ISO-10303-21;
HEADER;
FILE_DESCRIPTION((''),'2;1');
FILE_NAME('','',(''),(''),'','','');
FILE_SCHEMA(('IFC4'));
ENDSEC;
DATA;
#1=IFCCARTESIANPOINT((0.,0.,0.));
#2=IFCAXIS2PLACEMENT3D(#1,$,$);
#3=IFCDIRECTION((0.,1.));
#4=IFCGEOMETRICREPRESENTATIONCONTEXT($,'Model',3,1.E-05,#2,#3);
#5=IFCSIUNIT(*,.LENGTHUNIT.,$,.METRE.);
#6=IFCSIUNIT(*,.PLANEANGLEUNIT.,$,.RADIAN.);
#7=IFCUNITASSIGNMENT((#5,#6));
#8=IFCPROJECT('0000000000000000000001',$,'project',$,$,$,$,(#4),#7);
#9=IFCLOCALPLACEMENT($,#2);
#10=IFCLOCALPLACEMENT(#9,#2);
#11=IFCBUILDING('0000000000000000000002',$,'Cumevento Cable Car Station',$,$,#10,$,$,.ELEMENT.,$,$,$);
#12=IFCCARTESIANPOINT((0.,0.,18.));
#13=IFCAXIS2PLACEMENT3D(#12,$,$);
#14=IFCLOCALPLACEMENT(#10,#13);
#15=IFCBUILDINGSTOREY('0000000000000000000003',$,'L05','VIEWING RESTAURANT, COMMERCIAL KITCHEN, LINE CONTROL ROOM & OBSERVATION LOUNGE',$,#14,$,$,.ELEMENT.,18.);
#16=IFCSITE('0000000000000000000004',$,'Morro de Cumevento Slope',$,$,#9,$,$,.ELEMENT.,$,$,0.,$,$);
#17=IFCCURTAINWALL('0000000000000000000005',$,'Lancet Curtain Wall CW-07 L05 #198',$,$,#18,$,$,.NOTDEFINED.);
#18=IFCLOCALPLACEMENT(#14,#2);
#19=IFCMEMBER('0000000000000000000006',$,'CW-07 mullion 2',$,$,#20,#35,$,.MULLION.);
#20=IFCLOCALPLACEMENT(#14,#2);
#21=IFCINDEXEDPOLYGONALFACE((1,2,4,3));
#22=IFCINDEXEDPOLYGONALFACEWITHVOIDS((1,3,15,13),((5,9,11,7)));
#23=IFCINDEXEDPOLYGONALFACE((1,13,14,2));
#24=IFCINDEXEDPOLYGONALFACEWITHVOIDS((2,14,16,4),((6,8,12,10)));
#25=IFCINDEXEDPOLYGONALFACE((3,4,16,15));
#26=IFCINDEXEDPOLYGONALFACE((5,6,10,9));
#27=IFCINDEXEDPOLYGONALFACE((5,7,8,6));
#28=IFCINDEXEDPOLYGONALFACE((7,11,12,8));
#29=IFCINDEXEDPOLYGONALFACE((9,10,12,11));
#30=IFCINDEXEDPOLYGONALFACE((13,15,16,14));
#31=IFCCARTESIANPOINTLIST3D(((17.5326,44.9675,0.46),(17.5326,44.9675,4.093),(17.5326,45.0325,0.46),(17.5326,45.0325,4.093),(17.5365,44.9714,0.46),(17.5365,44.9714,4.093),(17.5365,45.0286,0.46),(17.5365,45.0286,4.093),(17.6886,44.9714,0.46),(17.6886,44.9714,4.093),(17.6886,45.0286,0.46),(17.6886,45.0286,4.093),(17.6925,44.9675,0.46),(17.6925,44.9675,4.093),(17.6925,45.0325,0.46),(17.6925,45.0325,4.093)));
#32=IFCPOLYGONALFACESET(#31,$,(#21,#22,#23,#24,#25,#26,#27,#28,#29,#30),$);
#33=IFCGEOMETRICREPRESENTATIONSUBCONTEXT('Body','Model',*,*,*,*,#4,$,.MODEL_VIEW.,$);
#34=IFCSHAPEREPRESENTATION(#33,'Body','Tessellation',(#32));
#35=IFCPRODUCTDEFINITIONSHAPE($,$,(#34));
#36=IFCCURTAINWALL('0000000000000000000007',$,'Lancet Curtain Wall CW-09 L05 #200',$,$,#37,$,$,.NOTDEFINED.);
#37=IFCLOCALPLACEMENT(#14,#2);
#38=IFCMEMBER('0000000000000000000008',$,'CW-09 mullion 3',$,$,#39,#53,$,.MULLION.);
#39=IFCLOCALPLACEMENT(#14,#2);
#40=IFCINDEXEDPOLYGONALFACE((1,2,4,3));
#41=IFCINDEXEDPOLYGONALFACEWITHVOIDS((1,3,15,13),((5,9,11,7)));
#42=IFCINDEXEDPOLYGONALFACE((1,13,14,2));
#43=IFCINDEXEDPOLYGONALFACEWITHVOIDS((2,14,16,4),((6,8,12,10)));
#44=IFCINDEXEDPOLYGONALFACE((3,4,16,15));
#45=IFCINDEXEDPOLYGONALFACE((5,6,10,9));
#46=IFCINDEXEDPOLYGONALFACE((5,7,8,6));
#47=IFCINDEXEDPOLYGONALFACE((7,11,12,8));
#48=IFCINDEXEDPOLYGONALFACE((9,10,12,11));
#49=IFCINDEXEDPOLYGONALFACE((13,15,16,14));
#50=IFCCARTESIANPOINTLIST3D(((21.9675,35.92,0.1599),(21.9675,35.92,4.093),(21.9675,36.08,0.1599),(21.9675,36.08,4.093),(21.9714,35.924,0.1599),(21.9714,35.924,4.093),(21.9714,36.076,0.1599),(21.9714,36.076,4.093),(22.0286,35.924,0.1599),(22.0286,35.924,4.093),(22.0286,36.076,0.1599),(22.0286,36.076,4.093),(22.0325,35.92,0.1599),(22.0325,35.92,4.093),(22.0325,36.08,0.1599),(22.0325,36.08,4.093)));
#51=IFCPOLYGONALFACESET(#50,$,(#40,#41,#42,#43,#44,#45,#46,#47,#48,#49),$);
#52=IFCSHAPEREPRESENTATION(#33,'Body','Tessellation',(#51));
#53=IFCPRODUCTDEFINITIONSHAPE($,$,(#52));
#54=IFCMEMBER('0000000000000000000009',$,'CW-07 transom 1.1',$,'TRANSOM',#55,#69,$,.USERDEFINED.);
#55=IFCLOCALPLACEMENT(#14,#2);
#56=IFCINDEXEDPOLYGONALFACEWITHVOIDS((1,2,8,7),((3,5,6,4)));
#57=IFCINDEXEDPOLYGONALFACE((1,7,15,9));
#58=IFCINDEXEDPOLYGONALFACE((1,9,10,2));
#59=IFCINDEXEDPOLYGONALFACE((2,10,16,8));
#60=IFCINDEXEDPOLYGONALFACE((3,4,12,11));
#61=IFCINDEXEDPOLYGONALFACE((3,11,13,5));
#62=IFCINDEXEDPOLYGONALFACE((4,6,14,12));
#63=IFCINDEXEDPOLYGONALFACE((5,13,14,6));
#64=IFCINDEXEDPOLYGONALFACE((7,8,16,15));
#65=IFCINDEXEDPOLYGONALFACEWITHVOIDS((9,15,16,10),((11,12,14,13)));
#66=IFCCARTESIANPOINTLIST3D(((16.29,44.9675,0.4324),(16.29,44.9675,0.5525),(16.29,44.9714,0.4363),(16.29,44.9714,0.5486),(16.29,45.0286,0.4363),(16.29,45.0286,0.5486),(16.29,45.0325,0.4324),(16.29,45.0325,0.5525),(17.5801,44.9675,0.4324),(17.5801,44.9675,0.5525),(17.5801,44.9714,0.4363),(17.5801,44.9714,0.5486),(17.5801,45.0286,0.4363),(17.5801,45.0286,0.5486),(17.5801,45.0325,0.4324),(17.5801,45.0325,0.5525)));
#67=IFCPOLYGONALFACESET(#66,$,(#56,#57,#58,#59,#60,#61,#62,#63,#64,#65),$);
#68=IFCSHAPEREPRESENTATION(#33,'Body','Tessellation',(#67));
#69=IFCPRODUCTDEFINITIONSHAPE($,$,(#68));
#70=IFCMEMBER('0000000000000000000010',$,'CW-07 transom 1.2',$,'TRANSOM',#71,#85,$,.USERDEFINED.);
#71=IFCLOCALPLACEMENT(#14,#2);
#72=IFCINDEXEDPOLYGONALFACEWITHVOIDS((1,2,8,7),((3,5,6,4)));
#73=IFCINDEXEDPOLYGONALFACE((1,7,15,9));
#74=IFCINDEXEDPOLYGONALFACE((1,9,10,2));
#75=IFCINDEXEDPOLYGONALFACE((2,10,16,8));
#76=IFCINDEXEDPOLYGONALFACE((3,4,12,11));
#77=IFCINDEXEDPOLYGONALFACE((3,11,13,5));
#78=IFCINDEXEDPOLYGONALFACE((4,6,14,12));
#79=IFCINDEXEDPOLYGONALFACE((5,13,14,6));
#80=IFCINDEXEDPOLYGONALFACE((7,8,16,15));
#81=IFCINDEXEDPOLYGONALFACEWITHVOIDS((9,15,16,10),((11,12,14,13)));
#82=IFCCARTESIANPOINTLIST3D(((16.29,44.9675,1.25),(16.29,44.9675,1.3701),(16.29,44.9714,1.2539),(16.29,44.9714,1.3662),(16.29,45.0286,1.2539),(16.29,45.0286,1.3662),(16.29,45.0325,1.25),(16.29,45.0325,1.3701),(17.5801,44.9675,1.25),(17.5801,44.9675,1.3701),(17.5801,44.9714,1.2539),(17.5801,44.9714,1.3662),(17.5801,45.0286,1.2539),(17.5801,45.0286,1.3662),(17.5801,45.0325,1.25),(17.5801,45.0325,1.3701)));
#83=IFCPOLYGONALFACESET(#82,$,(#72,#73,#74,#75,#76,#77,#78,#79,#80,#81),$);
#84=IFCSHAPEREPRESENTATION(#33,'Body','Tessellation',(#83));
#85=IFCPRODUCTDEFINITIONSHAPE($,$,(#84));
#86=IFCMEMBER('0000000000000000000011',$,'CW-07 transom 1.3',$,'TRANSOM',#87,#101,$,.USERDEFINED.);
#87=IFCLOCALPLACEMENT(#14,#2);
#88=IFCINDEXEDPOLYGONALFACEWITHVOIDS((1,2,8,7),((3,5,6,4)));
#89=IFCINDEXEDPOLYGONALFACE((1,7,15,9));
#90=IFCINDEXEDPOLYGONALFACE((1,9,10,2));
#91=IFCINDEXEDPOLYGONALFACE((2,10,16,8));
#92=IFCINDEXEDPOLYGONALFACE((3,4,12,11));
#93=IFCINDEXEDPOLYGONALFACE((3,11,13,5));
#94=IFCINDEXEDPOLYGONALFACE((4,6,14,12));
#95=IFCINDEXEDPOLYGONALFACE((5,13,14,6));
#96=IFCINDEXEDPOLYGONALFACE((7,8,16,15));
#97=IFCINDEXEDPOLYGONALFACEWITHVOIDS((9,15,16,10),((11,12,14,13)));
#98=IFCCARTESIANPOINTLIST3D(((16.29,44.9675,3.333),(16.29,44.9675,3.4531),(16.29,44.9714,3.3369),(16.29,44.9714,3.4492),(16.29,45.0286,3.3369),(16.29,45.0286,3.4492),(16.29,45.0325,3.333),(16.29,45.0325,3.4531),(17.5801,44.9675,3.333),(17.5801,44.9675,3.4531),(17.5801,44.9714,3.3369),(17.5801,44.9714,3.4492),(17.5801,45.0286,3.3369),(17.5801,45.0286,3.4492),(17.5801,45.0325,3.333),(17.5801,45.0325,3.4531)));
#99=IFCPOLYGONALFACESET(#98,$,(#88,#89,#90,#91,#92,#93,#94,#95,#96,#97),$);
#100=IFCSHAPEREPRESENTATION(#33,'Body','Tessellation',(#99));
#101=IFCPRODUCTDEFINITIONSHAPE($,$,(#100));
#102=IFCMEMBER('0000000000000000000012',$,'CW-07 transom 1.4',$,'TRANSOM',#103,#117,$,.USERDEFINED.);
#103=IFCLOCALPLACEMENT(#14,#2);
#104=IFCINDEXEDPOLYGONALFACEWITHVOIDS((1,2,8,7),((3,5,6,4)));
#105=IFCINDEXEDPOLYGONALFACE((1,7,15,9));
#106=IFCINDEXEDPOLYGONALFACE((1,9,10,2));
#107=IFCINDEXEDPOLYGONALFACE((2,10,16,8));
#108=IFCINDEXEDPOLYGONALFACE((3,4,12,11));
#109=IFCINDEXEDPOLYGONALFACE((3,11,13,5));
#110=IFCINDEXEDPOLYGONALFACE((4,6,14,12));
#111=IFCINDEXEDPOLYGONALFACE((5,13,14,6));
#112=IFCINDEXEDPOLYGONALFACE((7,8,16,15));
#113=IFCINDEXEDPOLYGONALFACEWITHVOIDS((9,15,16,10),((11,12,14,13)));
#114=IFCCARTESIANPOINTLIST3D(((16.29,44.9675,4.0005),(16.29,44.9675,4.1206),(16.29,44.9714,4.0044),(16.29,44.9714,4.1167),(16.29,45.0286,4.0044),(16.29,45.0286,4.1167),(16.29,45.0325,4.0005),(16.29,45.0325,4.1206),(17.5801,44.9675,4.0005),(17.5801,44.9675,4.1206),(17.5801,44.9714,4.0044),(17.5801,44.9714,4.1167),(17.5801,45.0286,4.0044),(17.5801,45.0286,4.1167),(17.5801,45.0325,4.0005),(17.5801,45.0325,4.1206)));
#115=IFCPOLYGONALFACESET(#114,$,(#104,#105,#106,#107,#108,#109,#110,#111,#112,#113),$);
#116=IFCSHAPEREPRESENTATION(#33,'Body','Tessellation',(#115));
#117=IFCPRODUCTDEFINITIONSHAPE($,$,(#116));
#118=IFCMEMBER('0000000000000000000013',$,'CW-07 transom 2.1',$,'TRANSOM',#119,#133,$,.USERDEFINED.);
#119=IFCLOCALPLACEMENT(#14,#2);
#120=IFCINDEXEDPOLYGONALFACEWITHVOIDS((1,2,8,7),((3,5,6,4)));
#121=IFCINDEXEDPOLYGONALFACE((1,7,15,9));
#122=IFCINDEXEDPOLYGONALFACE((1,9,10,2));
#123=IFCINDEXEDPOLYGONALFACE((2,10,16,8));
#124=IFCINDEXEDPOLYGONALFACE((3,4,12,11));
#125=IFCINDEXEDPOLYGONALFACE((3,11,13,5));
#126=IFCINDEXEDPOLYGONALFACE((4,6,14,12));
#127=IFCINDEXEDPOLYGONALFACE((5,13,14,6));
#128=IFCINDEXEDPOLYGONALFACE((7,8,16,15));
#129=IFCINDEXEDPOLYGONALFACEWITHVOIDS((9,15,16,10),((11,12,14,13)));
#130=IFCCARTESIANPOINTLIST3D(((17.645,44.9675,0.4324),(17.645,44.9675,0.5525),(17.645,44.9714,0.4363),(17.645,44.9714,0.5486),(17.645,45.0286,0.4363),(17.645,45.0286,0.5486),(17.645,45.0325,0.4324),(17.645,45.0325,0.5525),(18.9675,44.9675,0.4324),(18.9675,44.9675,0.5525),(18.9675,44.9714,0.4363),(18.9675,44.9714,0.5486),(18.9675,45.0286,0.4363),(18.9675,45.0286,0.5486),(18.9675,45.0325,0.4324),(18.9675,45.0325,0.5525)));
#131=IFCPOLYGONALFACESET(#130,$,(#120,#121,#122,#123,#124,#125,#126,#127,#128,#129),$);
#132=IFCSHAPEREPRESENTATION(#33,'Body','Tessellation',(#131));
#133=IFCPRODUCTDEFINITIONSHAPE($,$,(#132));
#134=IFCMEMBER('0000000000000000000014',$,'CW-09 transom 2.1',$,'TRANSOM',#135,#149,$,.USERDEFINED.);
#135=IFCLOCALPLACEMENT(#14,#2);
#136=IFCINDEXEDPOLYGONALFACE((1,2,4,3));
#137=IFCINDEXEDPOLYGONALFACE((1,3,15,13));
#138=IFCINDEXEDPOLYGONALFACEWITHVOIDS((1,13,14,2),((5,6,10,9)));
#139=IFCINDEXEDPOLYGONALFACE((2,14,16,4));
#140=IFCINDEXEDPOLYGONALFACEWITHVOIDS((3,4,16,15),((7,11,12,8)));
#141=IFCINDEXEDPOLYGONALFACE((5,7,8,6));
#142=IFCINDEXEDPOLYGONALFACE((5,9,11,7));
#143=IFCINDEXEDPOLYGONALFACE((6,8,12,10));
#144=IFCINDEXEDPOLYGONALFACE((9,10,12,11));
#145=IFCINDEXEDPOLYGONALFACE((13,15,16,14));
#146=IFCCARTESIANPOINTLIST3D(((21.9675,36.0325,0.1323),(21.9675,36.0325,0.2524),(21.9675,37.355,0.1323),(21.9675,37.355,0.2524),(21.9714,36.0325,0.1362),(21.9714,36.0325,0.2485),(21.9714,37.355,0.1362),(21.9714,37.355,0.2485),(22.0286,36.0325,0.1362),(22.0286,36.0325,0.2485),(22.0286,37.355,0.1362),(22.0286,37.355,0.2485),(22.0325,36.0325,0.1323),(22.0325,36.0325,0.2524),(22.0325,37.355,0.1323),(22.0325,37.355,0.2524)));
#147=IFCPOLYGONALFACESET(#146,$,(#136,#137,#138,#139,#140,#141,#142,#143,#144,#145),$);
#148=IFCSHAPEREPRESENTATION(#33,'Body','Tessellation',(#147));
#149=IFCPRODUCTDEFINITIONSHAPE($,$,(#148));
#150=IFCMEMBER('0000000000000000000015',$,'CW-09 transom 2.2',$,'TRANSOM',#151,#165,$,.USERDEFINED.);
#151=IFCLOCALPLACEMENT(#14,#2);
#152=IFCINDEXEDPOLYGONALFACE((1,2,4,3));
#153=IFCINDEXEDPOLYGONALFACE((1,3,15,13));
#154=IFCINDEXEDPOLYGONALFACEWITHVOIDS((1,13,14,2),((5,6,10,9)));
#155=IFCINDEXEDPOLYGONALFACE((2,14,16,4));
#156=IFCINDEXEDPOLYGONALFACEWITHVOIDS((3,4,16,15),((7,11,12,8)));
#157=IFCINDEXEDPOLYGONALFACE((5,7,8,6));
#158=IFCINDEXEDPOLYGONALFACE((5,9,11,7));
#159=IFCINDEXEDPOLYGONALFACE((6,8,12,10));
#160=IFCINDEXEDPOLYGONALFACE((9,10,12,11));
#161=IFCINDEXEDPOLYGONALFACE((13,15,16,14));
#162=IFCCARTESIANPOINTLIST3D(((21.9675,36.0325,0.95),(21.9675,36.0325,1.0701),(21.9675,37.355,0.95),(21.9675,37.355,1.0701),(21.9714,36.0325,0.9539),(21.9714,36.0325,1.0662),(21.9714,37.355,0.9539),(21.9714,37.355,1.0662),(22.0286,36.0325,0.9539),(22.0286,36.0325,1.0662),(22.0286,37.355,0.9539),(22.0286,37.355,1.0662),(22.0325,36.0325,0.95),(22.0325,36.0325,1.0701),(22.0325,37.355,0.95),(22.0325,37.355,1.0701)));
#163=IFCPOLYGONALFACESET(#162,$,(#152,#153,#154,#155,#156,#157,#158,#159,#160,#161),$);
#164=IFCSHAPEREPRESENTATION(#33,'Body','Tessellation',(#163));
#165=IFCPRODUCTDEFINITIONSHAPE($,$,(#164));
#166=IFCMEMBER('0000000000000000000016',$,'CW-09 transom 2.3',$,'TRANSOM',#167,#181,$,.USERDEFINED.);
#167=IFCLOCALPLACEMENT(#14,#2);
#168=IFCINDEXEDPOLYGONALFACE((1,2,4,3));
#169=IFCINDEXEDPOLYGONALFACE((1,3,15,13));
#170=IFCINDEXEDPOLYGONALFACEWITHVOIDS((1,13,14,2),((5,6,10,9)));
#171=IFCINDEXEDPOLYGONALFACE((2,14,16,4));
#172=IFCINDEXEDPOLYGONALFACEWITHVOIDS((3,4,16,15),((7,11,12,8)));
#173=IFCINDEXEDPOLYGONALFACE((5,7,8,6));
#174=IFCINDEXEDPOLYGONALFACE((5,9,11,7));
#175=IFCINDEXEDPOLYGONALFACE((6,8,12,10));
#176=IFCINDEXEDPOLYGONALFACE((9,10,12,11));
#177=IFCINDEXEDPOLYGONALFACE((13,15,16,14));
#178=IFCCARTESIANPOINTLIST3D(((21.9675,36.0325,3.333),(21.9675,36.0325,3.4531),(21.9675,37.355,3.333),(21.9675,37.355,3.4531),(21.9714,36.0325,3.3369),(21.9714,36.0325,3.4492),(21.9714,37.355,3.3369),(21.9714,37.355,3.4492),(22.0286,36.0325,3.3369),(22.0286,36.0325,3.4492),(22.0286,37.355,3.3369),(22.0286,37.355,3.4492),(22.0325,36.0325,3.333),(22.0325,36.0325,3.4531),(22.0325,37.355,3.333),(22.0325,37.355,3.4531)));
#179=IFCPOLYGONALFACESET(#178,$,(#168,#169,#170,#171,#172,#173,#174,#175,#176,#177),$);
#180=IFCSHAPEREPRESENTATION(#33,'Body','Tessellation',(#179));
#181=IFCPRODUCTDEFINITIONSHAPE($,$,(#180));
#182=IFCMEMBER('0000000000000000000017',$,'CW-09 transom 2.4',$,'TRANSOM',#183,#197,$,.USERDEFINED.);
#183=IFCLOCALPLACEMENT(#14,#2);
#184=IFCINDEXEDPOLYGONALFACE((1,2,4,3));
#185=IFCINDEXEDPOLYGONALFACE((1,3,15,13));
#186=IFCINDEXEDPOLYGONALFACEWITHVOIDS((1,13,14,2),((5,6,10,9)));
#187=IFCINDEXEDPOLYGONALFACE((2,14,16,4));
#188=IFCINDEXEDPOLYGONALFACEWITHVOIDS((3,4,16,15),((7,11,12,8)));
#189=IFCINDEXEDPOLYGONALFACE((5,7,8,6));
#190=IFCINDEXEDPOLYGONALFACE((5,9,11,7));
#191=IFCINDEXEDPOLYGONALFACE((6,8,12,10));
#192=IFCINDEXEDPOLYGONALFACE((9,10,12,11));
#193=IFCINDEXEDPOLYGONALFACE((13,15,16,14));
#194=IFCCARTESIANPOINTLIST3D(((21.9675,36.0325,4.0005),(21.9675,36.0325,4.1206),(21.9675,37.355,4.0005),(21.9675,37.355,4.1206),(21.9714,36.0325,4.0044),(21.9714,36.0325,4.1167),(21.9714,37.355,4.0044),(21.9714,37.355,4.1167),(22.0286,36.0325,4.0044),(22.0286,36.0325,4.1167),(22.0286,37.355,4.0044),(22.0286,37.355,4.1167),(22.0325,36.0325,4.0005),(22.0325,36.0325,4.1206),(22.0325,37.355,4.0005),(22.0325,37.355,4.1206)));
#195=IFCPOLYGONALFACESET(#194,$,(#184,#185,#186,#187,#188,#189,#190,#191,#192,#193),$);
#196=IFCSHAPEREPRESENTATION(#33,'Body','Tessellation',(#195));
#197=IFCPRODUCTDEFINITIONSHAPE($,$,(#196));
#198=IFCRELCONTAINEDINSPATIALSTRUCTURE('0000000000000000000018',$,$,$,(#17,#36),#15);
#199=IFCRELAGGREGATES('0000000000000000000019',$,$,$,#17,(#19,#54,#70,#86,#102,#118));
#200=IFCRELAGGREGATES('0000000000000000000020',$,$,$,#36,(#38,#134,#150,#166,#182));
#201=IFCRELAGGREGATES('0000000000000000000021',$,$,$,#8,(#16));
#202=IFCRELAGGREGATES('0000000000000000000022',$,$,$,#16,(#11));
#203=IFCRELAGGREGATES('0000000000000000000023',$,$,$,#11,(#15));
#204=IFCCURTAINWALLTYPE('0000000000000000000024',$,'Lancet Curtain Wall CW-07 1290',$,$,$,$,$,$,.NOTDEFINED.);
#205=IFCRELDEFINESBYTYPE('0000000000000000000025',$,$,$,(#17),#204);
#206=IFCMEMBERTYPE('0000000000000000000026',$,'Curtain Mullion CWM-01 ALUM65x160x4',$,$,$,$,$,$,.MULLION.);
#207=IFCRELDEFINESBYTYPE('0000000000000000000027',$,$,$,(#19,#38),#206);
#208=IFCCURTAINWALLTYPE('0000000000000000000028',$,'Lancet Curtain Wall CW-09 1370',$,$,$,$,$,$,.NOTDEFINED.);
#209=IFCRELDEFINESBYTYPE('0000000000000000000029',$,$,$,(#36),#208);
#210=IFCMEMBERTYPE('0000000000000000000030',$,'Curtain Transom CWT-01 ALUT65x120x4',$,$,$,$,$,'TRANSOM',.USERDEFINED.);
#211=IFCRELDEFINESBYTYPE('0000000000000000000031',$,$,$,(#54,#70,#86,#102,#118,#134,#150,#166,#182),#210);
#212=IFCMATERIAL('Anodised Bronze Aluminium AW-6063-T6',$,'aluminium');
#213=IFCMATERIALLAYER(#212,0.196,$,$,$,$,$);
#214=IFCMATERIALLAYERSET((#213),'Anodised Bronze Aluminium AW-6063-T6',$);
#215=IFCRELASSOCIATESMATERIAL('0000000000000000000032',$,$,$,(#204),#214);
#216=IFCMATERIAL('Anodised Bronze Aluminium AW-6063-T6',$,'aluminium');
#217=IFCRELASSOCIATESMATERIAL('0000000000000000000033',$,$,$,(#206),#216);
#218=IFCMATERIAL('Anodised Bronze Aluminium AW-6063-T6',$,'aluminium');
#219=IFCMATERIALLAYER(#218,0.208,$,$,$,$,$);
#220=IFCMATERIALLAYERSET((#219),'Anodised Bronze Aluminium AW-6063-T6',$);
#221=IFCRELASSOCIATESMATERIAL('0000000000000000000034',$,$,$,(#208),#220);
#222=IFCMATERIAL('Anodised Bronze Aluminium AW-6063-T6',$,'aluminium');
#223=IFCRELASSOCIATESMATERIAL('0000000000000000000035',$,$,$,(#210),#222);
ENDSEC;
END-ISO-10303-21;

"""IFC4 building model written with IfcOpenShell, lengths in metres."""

from ifc_helpers import new_model, si_unit, direction, frame, origin, origin_2d, place, context, subcontext, project, spatial, hollow_rectangle, extrude, material, layer, layer_set, material_profile, profile_set, type_object, element, aggregate, save


model = new_model("IFC4")

# Units and contexts
model_context = context("Model", 3, precision=1e-05, world=origin(), true_north=direction((0.0, 1.0)))
body_context = subcontext(model_context, "Body", "Model", "MODEL_VIEW")
ifc_project = project(units=[si_unit("LENGTHUNIT", "METRE"), si_unit("PLANEANGLEUNIT", "RADIAN")], contexts=[model_context])

# Site, building, storey
site_placement = place(None, origin())
site = spatial("IfcSite", under=ifc_project, at=site_placement, Name="Morro de Cumevento Slope", CompositionType="ELEMENT", RefElevation=0.0)
building_placement = place(site_placement, origin())
building = spatial("IfcBuilding", under=site, at=building_placement, Name="Cumevento Cable Car Station", CompositionType="ELEMENT")
storey_placement = place(building_placement, frame((0.0, 0.0, 18.0)))
storey = spatial("IfcBuildingStorey", under=building, at=storey_placement, Name="L05", Description="VIEWING RESTAURANT, COMMERCIAL KITCHEN, LINE CONTROL ROOM & OBSERVATION LOUNGE", CompositionType="ELEMENT", Elevation=18.0)

# Curtain walls, members
ifc_material_1 = material(Name="Anodised Bronze Aluminium AW-6063-T6", Category="aluminium")
ifc_layer_1 = layer(ifc_material_1, 0.196)
ifc_layer_set_1 = layer_set([ifc_layer_1], Name="Anodised Bronze Aluminium AW-6063-T6")
curtain_wall_type_1 = type_object("IfcCurtainWallType", Name="Lancet Curtain Wall CW-07 1290", PredefinedType="NOTDEFINED", material=ifc_layer_set_1)
curtain_wall_1_placement = place(storey_placement, origin())
curtain_wall_1 = element("IfcCurtainWall", 1, at=curtain_wall_1_placement, inside=storey, type_object=curtain_wall_type_1, Name="Lancet Curtain Wall CW-07 L05 #198", PredefinedType="NOTDEFINED")
ifc_material_2 = material(Name="Anodised Bronze Aluminium AW-6063-T6", Category="aluminium")
ifc_material_profile_1 = material_profile(ifc_material_2, hollow_rectangle(XDim=0.0649, YDim=0.1599, WallThickness=0.0039, at=origin_2d()), Name="ALUM65x160x4")
ifc_profile_set_1 = profile_set([ifc_material_profile_1], Name="Anodised Bronze Aluminium AW-6063-T6")
member_type_1 = type_object("IfcMemberType", Name="Curtain Mullion CWM-01 ALUM65x160x4", PredefinedType="MULLION", material=ifc_profile_set_1)
member_1_placement = place(storey_placement, frame((17.6125, 45.0, 0.46), z_axis=(0.0, 0.0, 1.0), x_axis=(0.0, 1.0, 0.0)))
member_1 = element("IfcMember", 2, at=member_1_placement, type_object=member_type_1, Name="CW-07 mullion 2", PredefinedType="MULLION", context=body_context, shape_type="SweptSolid", body=[
    extrude(hollow_rectangle(XDim=0.0649, YDim=0.1599, WallThickness=0.0039, at=origin_2d()), origin(), (0.0, 0.0, 1.0), 3.6331),
])
ifc_material_3 = material(Name="Anodised Bronze Aluminium AW-6063-T6", Category="aluminium")
ifc_layer_2 = layer(ifc_material_3, 0.208)
ifc_layer_set_2 = layer_set([ifc_layer_2], Name="Anodised Bronze Aluminium AW-6063-T6")
curtain_wall_type_2 = type_object("IfcCurtainWallType", Name="Lancet Curtain Wall CW-09 1370", PredefinedType="NOTDEFINED", material=ifc_layer_set_2)
curtain_wall_2_placement = place(storey_placement, origin())
curtain_wall_2 = element("IfcCurtainWall", 3, at=curtain_wall_2_placement, inside=storey, type_object=curtain_wall_type_2, Name="Lancet Curtain Wall CW-09 L05 #200", PredefinedType="NOTDEFINED")
member_2_placement = place(storey_placement, frame((22.0, 36.0, 0.1599), z_axis=(0.0, 0.0, 1.0), x_axis=(1.0, 0.0, 0.0)))
member_2 = element("IfcMember", 4, at=member_2_placement, type_object=member_type_1, Name="CW-09 mullion 3", PredefinedType="MULLION", context=body_context, shape_type="SweptSolid", body=[
    extrude(hollow_rectangle(XDim=0.0649, YDim=0.1599, WallThickness=0.0039, at=origin_2d()), origin(), (0.0, 0.0, 1.0), 3.9331),
])

# Members
ifc_material_4 = material(Name="Anodised Bronze Aluminium AW-6063-T6", Category="aluminium")
ifc_material_profile_2 = material_profile(ifc_material_4, hollow_rectangle(XDim=0.0649, YDim=0.1201, WallThickness=0.0039, at=origin_2d()), Name="ALUT65x120x4")
ifc_profile_set_2 = profile_set([ifc_material_profile_2], Name="Anodised Bronze Aluminium AW-6063-T6")
member_type_2 = type_object("IfcMemberType", Name="Curtain Transom CWT-01 ALUT65x120x4", ElementType="TRANSOM", PredefinedType="USERDEFINED", material=ifc_profile_set_2)
member_3_placement = place(storey_placement, frame((16.29, 45.0, 0.4924), z_axis=(1.0, 0.0, 0.0), x_axis=(0.0, 1.0, 0.0)))
member_3 = element("IfcMember", 5, at=member_3_placement, type_object=member_type_2, Name="CW-07 transom 1.1", ObjectType="TRANSOM", PredefinedType="USERDEFINED", context=body_context, shape_type="SweptSolid", body=[
    extrude(hollow_rectangle(XDim=0.0649, YDim=0.1201, WallThickness=0.0039, at=origin_2d()), origin(), (0.0, 0.0, 1.0), 1.29),
])
member_4_placement = place(storey_placement, frame((16.29, 45.0, 1.3101), z_axis=(1.0, 0.0, 0.0), x_axis=(0.0, 1.0, 0.0)))
member_4 = element("IfcMember", 6, at=member_4_placement, type_object=member_type_2, Name="CW-07 transom 1.2", ObjectType="TRANSOM", PredefinedType="USERDEFINED", context=body_context, shape_type="SweptSolid", body=[
    extrude(hollow_rectangle(XDim=0.0649, YDim=0.1201, WallThickness=0.0039, at=origin_2d()), origin(), (0.0, 0.0, 1.0), 1.29),
])
member_5_placement = place(storey_placement, frame((16.29, 45.0, 3.3931), z_axis=(1.0, 0.0, 0.0), x_axis=(0.0, 1.0, 0.0)))
member_5 = element("IfcMember", 7, at=member_5_placement, type_object=member_type_2, Name="CW-07 transom 1.3", ObjectType="TRANSOM", PredefinedType="USERDEFINED", context=body_context, shape_type="SweptSolid", body=[
    extrude(hollow_rectangle(XDim=0.0649, YDim=0.1201, WallThickness=0.0039, at=origin_2d()), origin(), (0.0, 0.0, 1.0), 1.29),
])
member_6_placement = place(storey_placement, frame((16.29, 45.0, 4.0605), z_axis=(1.0, 0.0, 0.0), x_axis=(0.0, 1.0, 0.0)))
member_6 = element("IfcMember", 8, at=member_6_placement, type_object=member_type_2, Name="CW-07 transom 1.4", ObjectType="TRANSOM", PredefinedType="USERDEFINED", context=body_context, shape_type="SweptSolid", body=[
    extrude(hollow_rectangle(XDim=0.0649, YDim=0.1201, WallThickness=0.0039, at=origin_2d()), origin(), (0.0, 0.0, 1.0), 1.29),
])
member_7_placement = place(storey_placement, frame((17.645, 45.0, 0.4924), z_axis=(1.0, 0.0, 0.0), x_axis=(0.0, 1.0, 0.0)))
member_7 = element("IfcMember", 9, at=member_7_placement, type_object=member_type_2, Name="CW-07 transom 2.1", ObjectType="TRANSOM", PredefinedType="USERDEFINED", context=body_context, shape_type="SweptSolid", body=[
    extrude(hollow_rectangle(XDim=0.0649, YDim=0.1201, WallThickness=0.0039, at=origin_2d()), origin(), (0.0, 0.0, 1.0), 1.3225),
])
member_8_placement = place(storey_placement, frame((22.0, 37.355, 0.1924), z_axis=(0.0, -1.0, 0.0), x_axis=(1.0, 0.0, 0.0)))
member_8 = element("IfcMember", 10, at=member_8_placement, type_object=member_type_2, Name="CW-09 transom 2.1", ObjectType="TRANSOM", PredefinedType="USERDEFINED", context=body_context, shape_type="SweptSolid", body=[
    extrude(hollow_rectangle(XDim=0.0649, YDim=0.1201, WallThickness=0.0039, at=origin_2d()), origin(), (0.0, 0.0, 1.0), 1.3225),
])
member_9_placement = place(storey_placement, frame((22.0, 37.355, 1.01), z_axis=(0.0, -1.0, 0.0), x_axis=(1.0, 0.0, 0.0)))
member_9 = element("IfcMember", 11, at=member_9_placement, type_object=member_type_2, Name="CW-09 transom 2.2", ObjectType="TRANSOM", PredefinedType="USERDEFINED", context=body_context, shape_type="SweptSolid", body=[
    extrude(hollow_rectangle(XDim=0.0649, YDim=0.1201, WallThickness=0.0039, at=origin_2d()), origin(), (0.0, 0.0, 1.0), 1.3225),
])
member_10_placement = place(storey_placement, frame((22.0, 37.355, 3.3931), z_axis=(0.0, -1.0, 0.0), x_axis=(1.0, 0.0, 0.0)))
member_10 = element("IfcMember", 12, at=member_10_placement, type_object=member_type_2, Name="CW-09 transom 2.3", ObjectType="TRANSOM", PredefinedType="USERDEFINED", context=body_context, shape_type="SweptSolid", body=[
    extrude(hollow_rectangle(XDim=0.0649, YDim=0.1201, WallThickness=0.0039, at=origin_2d()), origin(), (0.0, 0.0, 1.0), 1.3225),
])
member_11_placement = place(storey_placement, frame((22.0, 37.355, 4.0605), z_axis=(0.0, -1.0, 0.0), x_axis=(1.0, 0.0, 0.0)))
member_11 = element("IfcMember", 13, at=member_11_placement, type_object=member_type_2, Name="CW-09 transom 2.4", ObjectType="TRANSOM", PredefinedType="USERDEFINED", context=body_context, shape_type="SweptSolid", body=[
    extrude(hollow_rectangle(XDim=0.0649, YDim=0.1201, WallThickness=0.0039, at=origin_2d()), origin(), (0.0, 0.0, 1.0), 1.3225),
])

aggregate(curtain_wall_1, [member_1, member_3, member_4, member_5, member_6, member_7])
aggregate(curtain_wall_2, [member_2, member_8, member_9, member_10, member_11])

save(model, "model.ifc")
